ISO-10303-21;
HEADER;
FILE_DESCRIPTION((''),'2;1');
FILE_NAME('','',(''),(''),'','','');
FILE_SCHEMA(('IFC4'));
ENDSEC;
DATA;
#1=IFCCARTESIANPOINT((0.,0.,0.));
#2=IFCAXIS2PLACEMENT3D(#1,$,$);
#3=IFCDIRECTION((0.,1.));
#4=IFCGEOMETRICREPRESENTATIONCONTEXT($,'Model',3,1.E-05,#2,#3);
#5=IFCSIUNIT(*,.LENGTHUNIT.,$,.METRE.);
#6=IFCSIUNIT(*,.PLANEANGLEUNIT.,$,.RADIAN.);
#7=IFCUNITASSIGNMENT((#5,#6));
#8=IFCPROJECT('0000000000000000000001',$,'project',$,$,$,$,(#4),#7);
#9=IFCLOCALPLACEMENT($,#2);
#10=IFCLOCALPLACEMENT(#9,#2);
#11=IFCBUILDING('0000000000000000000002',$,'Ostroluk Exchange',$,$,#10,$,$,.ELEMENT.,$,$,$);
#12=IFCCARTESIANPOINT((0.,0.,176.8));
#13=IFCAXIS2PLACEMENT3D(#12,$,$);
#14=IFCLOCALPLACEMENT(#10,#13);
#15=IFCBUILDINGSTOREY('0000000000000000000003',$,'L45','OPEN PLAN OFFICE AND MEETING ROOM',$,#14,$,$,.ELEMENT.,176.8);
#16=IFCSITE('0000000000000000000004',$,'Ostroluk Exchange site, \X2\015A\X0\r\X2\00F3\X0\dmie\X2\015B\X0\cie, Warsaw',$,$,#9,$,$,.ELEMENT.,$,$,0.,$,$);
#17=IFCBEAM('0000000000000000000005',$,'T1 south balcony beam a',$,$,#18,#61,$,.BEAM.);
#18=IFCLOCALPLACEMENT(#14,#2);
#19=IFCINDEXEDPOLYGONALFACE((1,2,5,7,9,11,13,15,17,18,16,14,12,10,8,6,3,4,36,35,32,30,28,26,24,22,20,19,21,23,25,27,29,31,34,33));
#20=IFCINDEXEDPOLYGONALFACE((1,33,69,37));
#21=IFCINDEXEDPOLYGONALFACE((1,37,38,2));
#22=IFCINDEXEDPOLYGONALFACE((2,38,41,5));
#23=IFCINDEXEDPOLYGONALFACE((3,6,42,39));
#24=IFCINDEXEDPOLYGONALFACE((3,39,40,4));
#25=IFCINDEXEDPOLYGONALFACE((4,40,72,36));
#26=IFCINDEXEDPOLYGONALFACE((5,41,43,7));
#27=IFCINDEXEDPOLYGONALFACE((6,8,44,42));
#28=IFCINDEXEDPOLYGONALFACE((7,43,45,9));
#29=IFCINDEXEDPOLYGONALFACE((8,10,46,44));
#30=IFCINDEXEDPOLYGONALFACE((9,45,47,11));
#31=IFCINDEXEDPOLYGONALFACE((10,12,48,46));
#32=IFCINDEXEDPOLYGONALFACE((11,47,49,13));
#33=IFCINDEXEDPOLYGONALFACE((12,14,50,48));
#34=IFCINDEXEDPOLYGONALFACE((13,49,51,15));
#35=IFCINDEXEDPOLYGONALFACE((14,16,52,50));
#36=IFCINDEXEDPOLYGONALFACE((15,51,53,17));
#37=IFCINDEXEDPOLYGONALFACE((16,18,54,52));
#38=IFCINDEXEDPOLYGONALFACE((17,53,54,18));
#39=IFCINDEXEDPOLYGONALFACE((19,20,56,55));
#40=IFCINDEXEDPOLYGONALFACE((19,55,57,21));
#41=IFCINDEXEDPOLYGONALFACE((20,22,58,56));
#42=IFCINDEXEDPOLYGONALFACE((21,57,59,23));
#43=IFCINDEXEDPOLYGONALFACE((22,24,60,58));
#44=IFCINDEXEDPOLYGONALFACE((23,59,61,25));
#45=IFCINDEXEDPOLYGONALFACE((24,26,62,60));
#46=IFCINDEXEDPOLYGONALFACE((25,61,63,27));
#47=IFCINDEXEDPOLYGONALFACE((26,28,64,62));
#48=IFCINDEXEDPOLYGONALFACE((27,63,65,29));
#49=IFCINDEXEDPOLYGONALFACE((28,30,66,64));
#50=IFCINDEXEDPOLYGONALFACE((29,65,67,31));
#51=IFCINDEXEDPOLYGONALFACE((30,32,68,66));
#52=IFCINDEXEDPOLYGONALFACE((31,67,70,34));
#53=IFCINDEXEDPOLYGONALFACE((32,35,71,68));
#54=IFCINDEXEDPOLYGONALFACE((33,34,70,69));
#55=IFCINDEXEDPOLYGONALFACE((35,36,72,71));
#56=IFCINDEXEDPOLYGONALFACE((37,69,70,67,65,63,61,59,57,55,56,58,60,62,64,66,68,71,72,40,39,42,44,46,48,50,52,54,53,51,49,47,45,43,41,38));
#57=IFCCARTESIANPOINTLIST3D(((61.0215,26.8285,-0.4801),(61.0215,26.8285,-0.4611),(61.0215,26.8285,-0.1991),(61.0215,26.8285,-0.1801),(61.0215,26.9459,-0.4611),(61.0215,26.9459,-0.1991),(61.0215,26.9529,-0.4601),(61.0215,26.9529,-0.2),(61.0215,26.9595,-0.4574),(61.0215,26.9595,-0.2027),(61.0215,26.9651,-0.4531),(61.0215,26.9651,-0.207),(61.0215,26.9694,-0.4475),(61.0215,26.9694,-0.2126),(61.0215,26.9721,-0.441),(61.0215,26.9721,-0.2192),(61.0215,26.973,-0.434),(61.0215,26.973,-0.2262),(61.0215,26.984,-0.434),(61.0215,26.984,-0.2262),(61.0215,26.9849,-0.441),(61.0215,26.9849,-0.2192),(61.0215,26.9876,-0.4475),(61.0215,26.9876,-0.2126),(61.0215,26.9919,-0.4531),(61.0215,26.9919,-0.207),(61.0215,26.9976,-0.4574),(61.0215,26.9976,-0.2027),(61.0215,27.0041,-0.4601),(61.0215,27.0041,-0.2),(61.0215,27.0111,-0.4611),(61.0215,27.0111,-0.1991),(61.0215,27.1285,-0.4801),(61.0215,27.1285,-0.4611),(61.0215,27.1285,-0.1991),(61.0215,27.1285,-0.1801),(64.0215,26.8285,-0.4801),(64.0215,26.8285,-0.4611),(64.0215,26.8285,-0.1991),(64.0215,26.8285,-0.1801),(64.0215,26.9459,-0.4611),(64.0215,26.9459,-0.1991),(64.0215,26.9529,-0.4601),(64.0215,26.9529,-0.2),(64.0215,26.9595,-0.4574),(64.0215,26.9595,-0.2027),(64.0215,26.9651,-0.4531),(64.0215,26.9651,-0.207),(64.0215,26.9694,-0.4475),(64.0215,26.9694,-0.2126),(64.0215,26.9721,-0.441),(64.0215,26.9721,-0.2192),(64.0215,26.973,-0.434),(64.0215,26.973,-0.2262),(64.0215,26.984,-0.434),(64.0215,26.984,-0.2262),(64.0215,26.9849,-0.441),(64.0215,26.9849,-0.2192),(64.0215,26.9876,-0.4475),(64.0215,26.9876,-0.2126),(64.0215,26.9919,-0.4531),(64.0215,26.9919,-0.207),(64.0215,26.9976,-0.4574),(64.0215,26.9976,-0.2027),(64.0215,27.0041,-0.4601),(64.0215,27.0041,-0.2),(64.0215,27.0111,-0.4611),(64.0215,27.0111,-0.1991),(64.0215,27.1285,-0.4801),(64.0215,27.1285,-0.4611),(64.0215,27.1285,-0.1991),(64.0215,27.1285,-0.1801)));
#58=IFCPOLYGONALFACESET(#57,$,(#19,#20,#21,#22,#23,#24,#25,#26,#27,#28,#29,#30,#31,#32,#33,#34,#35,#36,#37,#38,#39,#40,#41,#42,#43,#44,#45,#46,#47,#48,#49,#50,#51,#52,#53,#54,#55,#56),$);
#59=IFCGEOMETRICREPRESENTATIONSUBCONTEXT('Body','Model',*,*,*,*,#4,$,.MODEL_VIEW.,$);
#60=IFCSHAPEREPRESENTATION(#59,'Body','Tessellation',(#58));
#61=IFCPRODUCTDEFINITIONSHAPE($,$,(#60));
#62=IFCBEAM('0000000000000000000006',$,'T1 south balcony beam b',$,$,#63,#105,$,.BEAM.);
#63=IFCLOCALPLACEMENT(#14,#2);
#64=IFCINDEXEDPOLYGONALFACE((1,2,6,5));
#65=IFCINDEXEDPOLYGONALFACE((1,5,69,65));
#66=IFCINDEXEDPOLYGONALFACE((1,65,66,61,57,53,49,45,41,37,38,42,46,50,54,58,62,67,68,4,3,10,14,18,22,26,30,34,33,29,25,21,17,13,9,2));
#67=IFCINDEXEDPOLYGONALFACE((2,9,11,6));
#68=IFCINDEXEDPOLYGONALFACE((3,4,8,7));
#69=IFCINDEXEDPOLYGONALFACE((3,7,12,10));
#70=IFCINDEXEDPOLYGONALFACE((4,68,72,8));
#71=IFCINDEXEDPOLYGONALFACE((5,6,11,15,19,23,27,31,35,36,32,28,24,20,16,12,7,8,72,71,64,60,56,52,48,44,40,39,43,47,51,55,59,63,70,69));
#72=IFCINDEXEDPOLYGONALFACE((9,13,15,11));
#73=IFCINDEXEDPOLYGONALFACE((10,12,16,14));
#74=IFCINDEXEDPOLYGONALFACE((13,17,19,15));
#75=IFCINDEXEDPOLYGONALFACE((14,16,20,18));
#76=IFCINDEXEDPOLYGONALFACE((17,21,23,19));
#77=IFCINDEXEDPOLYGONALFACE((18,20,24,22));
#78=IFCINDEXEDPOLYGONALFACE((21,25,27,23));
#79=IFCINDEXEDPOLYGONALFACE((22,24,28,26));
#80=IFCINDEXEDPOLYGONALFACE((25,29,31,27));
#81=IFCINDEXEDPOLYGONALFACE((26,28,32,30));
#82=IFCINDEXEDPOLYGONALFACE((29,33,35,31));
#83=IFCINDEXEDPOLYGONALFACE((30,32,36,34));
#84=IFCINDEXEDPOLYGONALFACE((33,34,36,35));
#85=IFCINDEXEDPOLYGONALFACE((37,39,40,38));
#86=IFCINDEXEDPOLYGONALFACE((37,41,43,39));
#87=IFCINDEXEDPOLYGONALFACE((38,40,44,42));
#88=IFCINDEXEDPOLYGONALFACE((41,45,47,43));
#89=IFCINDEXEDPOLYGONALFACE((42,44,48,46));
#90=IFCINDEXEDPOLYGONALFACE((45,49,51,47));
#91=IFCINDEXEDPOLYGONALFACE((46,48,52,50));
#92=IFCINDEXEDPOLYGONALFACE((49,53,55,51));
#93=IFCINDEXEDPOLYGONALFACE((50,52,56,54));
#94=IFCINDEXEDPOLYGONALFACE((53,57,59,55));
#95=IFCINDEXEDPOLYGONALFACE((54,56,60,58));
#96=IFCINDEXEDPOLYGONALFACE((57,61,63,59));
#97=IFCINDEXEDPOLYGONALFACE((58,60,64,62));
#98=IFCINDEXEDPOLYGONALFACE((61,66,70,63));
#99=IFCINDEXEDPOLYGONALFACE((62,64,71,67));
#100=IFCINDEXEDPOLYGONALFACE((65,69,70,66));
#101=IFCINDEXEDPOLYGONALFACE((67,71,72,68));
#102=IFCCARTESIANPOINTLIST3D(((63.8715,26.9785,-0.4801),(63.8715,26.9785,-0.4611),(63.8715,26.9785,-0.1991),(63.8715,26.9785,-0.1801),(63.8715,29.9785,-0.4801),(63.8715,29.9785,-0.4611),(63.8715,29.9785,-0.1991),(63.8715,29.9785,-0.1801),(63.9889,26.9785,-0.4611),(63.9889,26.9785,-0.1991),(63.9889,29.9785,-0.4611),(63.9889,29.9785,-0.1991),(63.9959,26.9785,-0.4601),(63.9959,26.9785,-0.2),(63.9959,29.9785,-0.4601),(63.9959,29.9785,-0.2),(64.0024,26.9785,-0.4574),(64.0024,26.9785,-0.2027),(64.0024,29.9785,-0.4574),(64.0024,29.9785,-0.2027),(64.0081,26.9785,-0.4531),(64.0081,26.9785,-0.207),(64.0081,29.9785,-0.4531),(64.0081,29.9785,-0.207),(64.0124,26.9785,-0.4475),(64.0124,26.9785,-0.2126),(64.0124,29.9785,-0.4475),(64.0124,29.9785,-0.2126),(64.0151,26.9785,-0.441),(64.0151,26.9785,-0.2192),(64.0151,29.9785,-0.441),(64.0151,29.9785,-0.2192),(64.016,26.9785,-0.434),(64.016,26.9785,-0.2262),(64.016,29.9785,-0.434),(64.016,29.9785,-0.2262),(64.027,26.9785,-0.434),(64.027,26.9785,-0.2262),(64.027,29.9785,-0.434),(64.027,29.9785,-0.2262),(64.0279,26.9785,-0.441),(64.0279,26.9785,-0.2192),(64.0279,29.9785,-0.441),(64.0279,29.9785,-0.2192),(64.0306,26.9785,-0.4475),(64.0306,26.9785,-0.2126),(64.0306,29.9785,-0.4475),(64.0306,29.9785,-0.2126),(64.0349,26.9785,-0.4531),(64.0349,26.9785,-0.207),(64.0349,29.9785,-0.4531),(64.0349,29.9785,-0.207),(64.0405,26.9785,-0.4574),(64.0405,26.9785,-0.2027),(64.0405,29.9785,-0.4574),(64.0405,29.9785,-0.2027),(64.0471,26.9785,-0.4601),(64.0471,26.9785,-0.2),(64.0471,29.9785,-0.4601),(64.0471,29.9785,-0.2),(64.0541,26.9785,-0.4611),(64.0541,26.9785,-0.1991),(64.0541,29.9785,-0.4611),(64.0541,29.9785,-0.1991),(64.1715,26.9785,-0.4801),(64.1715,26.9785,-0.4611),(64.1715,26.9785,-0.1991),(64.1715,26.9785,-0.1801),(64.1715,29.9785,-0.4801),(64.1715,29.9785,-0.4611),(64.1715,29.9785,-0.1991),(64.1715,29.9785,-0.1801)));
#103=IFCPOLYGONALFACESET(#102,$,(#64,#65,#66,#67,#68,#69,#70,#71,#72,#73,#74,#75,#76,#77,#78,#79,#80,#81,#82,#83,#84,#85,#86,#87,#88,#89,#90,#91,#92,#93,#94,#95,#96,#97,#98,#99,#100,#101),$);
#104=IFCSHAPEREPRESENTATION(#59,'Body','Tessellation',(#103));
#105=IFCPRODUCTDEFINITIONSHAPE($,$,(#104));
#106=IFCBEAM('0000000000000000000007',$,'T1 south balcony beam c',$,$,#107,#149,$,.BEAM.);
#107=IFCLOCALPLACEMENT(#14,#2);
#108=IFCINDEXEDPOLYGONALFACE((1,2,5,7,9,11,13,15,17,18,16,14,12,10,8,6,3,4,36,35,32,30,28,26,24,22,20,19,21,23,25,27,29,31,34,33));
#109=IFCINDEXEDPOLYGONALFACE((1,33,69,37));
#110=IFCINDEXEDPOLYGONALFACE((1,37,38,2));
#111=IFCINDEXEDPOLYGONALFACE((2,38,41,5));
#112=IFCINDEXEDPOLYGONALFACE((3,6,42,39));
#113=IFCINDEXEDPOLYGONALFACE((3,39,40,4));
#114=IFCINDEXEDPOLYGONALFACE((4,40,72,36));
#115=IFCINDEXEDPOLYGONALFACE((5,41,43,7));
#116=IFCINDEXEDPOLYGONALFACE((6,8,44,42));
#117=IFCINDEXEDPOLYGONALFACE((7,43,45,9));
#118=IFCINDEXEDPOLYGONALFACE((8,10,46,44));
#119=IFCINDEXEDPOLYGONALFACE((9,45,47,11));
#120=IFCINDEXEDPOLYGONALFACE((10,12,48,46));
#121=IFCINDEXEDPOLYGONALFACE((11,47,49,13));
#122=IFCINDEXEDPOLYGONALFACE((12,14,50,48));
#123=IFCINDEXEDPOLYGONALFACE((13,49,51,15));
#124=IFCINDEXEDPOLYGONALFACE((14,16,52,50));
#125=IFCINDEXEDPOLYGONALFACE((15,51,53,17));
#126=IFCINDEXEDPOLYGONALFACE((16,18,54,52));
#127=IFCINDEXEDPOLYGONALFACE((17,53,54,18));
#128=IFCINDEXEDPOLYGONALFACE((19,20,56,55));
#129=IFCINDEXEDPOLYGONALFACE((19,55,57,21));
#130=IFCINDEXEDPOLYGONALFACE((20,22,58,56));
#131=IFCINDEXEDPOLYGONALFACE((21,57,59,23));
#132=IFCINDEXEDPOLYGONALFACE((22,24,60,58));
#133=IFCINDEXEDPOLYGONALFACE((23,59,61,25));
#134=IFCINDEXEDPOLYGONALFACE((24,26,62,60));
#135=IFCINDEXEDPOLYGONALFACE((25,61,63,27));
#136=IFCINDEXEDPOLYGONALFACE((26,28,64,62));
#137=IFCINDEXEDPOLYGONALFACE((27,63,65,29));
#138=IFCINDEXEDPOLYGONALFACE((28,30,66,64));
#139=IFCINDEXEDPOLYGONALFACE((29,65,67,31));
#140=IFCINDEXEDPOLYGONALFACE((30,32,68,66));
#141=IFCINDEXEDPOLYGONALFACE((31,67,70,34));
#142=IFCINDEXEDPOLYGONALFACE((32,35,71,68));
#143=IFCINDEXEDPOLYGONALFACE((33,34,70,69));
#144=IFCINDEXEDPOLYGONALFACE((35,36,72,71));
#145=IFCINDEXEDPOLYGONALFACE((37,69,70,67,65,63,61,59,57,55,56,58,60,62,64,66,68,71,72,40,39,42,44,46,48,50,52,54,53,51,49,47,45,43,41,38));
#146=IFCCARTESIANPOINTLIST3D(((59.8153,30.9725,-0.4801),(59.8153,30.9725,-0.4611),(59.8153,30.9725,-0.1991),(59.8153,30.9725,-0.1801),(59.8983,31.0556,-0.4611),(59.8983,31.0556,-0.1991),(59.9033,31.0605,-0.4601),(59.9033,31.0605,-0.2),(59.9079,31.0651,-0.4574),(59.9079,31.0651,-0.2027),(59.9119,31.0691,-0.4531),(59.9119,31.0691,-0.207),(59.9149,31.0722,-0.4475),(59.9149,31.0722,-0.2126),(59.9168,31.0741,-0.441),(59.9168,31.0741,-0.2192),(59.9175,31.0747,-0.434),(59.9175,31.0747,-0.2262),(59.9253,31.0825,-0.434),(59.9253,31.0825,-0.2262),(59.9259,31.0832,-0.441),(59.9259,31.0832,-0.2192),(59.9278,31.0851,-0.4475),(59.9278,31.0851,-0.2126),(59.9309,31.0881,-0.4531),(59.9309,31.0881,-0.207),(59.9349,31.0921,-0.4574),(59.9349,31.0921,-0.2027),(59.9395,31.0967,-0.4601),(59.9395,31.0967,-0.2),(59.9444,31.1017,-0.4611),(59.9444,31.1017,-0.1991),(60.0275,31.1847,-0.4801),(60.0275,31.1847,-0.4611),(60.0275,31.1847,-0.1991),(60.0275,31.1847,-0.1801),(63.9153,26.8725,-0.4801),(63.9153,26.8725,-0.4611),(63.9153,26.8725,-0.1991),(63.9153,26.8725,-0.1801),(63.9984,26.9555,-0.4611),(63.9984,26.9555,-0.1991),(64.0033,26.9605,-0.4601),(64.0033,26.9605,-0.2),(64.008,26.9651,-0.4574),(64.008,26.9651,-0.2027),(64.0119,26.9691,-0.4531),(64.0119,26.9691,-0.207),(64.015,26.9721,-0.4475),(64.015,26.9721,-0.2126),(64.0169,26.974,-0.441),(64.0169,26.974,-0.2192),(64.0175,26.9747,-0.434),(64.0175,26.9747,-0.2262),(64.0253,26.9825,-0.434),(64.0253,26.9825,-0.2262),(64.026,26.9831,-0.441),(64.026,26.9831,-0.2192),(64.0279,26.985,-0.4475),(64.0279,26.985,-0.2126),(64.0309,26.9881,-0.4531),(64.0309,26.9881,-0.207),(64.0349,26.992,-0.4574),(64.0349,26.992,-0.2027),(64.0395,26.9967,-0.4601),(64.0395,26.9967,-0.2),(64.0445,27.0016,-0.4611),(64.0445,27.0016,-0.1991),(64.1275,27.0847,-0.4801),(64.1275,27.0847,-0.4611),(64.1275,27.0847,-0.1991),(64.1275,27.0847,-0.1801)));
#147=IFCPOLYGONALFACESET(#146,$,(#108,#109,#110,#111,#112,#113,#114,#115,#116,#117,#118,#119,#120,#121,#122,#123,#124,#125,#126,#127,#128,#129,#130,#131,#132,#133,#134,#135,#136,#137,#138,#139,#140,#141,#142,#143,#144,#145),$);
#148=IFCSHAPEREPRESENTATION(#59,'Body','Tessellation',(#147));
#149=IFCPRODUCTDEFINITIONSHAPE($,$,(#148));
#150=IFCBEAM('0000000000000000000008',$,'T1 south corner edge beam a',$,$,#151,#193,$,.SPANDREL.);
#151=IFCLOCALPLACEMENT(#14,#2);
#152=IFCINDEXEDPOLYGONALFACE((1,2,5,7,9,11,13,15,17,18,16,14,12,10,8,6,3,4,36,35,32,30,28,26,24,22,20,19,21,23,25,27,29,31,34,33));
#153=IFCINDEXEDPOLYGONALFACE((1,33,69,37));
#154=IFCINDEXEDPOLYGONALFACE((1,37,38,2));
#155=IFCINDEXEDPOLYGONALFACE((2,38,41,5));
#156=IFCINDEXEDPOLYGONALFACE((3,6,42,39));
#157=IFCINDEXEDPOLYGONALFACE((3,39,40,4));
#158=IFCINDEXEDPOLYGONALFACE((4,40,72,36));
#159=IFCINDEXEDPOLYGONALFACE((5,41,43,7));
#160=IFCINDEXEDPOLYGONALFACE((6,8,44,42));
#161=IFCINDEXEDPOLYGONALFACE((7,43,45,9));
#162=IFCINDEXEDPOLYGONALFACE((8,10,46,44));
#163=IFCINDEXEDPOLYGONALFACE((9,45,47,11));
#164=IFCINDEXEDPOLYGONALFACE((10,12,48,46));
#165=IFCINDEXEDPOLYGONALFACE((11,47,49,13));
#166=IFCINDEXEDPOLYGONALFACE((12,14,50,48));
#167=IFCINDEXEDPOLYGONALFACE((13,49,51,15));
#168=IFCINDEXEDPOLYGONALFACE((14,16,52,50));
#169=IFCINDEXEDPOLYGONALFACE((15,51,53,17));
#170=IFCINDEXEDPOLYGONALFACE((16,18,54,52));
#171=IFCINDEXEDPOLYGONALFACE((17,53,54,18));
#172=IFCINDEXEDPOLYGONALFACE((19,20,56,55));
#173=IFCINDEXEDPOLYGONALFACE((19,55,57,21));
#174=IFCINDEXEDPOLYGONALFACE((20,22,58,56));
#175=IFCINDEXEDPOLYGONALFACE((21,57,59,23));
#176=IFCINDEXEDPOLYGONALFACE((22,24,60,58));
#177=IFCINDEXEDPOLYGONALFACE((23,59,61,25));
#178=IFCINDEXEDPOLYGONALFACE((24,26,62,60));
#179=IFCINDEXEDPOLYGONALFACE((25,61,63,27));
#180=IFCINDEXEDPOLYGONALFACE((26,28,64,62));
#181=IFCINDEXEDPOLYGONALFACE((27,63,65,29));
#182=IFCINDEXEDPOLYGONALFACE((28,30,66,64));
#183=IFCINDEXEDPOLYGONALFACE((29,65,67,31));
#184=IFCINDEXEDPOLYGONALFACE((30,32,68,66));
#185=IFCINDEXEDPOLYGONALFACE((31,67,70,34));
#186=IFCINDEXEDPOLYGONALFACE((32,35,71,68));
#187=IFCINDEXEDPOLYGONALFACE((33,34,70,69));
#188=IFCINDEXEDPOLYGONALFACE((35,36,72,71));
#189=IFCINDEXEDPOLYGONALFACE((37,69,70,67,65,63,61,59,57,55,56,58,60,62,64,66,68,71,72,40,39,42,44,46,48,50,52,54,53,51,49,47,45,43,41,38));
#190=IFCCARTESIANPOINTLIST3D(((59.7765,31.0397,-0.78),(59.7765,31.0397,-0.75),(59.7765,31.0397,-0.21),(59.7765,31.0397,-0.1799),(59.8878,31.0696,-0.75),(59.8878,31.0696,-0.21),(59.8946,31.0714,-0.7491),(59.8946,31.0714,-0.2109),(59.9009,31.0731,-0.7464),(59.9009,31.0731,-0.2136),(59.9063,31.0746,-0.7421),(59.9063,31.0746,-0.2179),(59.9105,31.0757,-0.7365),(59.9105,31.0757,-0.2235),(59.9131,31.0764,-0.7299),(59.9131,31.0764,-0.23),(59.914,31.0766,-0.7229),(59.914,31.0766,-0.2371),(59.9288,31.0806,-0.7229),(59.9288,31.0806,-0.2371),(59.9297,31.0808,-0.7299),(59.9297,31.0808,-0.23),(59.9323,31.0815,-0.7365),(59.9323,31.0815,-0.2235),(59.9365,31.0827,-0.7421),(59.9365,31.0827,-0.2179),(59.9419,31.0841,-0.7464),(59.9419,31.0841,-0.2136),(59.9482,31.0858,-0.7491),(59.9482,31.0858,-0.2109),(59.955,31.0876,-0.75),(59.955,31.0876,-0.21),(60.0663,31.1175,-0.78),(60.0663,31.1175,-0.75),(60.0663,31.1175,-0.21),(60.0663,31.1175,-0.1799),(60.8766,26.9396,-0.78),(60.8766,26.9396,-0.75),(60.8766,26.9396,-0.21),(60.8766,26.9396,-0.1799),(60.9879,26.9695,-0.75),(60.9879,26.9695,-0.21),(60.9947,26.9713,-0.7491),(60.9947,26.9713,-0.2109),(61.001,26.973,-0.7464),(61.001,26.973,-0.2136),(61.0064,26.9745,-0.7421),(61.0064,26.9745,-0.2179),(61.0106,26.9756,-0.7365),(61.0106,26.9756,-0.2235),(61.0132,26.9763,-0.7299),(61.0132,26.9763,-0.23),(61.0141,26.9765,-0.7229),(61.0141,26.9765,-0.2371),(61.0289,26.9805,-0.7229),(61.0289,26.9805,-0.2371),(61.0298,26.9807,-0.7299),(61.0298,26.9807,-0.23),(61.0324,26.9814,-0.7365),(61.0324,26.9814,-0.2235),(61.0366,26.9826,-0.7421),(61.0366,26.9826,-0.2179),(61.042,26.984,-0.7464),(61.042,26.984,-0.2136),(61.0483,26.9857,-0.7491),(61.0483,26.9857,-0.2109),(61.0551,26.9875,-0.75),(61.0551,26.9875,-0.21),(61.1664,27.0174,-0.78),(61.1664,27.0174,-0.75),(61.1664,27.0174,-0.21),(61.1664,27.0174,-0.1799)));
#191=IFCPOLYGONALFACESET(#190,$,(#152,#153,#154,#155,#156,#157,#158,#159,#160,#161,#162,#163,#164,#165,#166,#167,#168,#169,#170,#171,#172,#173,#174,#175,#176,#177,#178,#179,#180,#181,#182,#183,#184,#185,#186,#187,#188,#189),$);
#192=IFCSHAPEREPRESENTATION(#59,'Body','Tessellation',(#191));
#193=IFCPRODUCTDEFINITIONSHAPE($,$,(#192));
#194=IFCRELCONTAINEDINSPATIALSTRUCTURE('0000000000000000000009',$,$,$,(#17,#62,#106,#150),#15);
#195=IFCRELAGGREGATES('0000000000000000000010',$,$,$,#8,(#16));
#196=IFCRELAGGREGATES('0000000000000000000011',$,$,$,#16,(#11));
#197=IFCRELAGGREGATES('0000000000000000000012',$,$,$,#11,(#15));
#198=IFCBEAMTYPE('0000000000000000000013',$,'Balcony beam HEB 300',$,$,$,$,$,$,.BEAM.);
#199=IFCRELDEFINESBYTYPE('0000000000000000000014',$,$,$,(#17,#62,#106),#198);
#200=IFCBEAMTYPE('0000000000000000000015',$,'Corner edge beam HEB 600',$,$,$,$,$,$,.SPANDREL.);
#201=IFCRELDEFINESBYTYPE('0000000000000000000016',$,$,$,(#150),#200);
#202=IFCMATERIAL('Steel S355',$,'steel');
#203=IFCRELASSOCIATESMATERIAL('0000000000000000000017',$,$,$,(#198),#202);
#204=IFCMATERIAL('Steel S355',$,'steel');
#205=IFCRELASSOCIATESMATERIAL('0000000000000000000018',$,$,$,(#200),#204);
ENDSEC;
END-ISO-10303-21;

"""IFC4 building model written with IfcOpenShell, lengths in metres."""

from ifc_helpers import new_model, si_unit, direction, frame, origin, origin_2d, place, context, subcontext, project, spatial, i_section, extrude, material, material_profile, profile_set, type_object, element, save


model = new_model("IFC4")

# Units and contexts
model_context = context("Model", 3, precision=1e-05, world=origin(), true_north=direction((0.0, 1.0)))
body_context = subcontext(model_context, "Body", "Model", "MODEL_VIEW")
ifc_project = project(units=[si_unit("LENGTHUNIT", "METRE"), si_unit("PLANEANGLEUNIT", "RADIAN")], contexts=[model_context])

# Site, building, storey
site_placement = place(None, origin())
site = spatial("IfcSite", under=ifc_project, at=site_placement, Name="Ostroluk Exchange site, Śródmieście, Warsaw", CompositionType="ELEMENT", RefElevation=0.0)
building_placement = place(site_placement, origin())
building = spatial("IfcBuilding", under=site, at=building_placement, Name="Ostroluk Exchange", CompositionType="ELEMENT")
storey_placement = place(building_placement, frame((0.0, 0.0, 176.8)))
storey = spatial("IfcBuildingStorey", under=building, at=storey_placement, Name="L45", Description="OPEN PLAN OFFICE AND MEETING ROOM", CompositionType="ELEMENT", Elevation=176.8)

# Beams
ifc_material_1 = material(Name="Steel S355", Category="steel")
ifc_material_profile_1 = material_profile(ifc_material_1, i_section(OverallWidth=0.3, OverallDepth=0.3, WebThickness=0.011, FlangeThickness=0.019, FilletRadius=0.0271, at=origin_2d()), Name="HEB 300")
ifc_profile_set_1 = profile_set([ifc_material_profile_1], Name="Steel S355")
beam_type_1 = type_object("IfcBeamType", Name="Balcony beam HEB 300", PredefinedType="BEAM", material=ifc_profile_set_1)
for number, where, z_axis, x_axis, name in (
    (1, (61.0215, 26.9785, -0.3301), (1.0, 0.0, 0.0), (0.0, 1.0, 0.0), "T1 south balcony beam a"),
    (2, (64.0215, 29.9785, -0.3301), (0.0, -1.0, 0.0), (1.0, 0.0, 0.0), "T1 south balcony beam b"),
):
    element("IfcBeam", number, at=place(storey_placement, frame(where, z_axis=z_axis, x_axis=x_axis)), inside=storey, type_object=beam_type_1, Name=name, PredefinedType="BEAM", context=body_context, shape_type="SweptSolid", body=[
        extrude(i_section(OverallWidth=0.3, OverallDepth=0.3, WebThickness=0.011, FlangeThickness=0.019, FilletRadius=0.0271, at=origin_2d()), origin(), (0.0, 0.0, 1.0), 3.0),
    ])
beam_1_placement = place(storey_placement, frame((59.9214, 31.0786, -0.3301), z_axis=(0.707107, -0.707107, 0.0), x_axis=(0.707107, 0.707107, 0.0)))
element("IfcBeam", 3, at=beam_1_placement, inside=storey, type_object=beam_type_1, Name="T1 south balcony beam c", PredefinedType="BEAM", context=body_context, shape_type="SweptSolid", body=[
    extrude(i_section(OverallWidth=0.3, OverallDepth=0.3, WebThickness=0.011, FlangeThickness=0.019, FilletRadius=0.0271, at=origin_2d()), origin(), (0.0, 0.0, 1.0), 5.7983),
])
ifc_material_2 = material(Name="Steel S355", Category="steel")
ifc_material_profile_2 = material_profile(ifc_material_2, i_section(OverallWidth=0.3, OverallDepth=0.6001, WebThickness=0.0154, FlangeThickness=0.03, FilletRadius=0.0271, at=origin_2d()), Name="HEB 600")
ifc_profile_set_2 = profile_set([ifc_material_profile_2], Name="Steel S355")
beam_type_2 = type_object("IfcBeamType", Name="Corner edge beam HEB 600", PredefinedType="SPANDREL", material=ifc_profile_set_2)
for number, where, z_axis, x_axis, name in (
    (4, (59.9214, 31.0786, -0.48), (0.259144, -0.965839, 0.0), (0.965839, 0.259144, 0.0), "T1 south corner edge beam a"),
):
    element("IfcBeam", number, at=place(storey_placement, frame(where, z_axis=z_axis, x_axis=x_axis)), inside=storey, type_object=beam_type_2, Name=name, PredefinedType="SPANDREL", context=body_context, shape_type="SweptSolid", body=[
        extrude(i_section(OverallWidth=0.3, OverallDepth=0.6001, WebThickness=0.0154, FlangeThickness=0.03, FilletRadius=0.0271, at=origin_2d()), origin(), (0.0, 0.0, 1.0), 4.2451),
    ])

save(model, "model.ifc")
